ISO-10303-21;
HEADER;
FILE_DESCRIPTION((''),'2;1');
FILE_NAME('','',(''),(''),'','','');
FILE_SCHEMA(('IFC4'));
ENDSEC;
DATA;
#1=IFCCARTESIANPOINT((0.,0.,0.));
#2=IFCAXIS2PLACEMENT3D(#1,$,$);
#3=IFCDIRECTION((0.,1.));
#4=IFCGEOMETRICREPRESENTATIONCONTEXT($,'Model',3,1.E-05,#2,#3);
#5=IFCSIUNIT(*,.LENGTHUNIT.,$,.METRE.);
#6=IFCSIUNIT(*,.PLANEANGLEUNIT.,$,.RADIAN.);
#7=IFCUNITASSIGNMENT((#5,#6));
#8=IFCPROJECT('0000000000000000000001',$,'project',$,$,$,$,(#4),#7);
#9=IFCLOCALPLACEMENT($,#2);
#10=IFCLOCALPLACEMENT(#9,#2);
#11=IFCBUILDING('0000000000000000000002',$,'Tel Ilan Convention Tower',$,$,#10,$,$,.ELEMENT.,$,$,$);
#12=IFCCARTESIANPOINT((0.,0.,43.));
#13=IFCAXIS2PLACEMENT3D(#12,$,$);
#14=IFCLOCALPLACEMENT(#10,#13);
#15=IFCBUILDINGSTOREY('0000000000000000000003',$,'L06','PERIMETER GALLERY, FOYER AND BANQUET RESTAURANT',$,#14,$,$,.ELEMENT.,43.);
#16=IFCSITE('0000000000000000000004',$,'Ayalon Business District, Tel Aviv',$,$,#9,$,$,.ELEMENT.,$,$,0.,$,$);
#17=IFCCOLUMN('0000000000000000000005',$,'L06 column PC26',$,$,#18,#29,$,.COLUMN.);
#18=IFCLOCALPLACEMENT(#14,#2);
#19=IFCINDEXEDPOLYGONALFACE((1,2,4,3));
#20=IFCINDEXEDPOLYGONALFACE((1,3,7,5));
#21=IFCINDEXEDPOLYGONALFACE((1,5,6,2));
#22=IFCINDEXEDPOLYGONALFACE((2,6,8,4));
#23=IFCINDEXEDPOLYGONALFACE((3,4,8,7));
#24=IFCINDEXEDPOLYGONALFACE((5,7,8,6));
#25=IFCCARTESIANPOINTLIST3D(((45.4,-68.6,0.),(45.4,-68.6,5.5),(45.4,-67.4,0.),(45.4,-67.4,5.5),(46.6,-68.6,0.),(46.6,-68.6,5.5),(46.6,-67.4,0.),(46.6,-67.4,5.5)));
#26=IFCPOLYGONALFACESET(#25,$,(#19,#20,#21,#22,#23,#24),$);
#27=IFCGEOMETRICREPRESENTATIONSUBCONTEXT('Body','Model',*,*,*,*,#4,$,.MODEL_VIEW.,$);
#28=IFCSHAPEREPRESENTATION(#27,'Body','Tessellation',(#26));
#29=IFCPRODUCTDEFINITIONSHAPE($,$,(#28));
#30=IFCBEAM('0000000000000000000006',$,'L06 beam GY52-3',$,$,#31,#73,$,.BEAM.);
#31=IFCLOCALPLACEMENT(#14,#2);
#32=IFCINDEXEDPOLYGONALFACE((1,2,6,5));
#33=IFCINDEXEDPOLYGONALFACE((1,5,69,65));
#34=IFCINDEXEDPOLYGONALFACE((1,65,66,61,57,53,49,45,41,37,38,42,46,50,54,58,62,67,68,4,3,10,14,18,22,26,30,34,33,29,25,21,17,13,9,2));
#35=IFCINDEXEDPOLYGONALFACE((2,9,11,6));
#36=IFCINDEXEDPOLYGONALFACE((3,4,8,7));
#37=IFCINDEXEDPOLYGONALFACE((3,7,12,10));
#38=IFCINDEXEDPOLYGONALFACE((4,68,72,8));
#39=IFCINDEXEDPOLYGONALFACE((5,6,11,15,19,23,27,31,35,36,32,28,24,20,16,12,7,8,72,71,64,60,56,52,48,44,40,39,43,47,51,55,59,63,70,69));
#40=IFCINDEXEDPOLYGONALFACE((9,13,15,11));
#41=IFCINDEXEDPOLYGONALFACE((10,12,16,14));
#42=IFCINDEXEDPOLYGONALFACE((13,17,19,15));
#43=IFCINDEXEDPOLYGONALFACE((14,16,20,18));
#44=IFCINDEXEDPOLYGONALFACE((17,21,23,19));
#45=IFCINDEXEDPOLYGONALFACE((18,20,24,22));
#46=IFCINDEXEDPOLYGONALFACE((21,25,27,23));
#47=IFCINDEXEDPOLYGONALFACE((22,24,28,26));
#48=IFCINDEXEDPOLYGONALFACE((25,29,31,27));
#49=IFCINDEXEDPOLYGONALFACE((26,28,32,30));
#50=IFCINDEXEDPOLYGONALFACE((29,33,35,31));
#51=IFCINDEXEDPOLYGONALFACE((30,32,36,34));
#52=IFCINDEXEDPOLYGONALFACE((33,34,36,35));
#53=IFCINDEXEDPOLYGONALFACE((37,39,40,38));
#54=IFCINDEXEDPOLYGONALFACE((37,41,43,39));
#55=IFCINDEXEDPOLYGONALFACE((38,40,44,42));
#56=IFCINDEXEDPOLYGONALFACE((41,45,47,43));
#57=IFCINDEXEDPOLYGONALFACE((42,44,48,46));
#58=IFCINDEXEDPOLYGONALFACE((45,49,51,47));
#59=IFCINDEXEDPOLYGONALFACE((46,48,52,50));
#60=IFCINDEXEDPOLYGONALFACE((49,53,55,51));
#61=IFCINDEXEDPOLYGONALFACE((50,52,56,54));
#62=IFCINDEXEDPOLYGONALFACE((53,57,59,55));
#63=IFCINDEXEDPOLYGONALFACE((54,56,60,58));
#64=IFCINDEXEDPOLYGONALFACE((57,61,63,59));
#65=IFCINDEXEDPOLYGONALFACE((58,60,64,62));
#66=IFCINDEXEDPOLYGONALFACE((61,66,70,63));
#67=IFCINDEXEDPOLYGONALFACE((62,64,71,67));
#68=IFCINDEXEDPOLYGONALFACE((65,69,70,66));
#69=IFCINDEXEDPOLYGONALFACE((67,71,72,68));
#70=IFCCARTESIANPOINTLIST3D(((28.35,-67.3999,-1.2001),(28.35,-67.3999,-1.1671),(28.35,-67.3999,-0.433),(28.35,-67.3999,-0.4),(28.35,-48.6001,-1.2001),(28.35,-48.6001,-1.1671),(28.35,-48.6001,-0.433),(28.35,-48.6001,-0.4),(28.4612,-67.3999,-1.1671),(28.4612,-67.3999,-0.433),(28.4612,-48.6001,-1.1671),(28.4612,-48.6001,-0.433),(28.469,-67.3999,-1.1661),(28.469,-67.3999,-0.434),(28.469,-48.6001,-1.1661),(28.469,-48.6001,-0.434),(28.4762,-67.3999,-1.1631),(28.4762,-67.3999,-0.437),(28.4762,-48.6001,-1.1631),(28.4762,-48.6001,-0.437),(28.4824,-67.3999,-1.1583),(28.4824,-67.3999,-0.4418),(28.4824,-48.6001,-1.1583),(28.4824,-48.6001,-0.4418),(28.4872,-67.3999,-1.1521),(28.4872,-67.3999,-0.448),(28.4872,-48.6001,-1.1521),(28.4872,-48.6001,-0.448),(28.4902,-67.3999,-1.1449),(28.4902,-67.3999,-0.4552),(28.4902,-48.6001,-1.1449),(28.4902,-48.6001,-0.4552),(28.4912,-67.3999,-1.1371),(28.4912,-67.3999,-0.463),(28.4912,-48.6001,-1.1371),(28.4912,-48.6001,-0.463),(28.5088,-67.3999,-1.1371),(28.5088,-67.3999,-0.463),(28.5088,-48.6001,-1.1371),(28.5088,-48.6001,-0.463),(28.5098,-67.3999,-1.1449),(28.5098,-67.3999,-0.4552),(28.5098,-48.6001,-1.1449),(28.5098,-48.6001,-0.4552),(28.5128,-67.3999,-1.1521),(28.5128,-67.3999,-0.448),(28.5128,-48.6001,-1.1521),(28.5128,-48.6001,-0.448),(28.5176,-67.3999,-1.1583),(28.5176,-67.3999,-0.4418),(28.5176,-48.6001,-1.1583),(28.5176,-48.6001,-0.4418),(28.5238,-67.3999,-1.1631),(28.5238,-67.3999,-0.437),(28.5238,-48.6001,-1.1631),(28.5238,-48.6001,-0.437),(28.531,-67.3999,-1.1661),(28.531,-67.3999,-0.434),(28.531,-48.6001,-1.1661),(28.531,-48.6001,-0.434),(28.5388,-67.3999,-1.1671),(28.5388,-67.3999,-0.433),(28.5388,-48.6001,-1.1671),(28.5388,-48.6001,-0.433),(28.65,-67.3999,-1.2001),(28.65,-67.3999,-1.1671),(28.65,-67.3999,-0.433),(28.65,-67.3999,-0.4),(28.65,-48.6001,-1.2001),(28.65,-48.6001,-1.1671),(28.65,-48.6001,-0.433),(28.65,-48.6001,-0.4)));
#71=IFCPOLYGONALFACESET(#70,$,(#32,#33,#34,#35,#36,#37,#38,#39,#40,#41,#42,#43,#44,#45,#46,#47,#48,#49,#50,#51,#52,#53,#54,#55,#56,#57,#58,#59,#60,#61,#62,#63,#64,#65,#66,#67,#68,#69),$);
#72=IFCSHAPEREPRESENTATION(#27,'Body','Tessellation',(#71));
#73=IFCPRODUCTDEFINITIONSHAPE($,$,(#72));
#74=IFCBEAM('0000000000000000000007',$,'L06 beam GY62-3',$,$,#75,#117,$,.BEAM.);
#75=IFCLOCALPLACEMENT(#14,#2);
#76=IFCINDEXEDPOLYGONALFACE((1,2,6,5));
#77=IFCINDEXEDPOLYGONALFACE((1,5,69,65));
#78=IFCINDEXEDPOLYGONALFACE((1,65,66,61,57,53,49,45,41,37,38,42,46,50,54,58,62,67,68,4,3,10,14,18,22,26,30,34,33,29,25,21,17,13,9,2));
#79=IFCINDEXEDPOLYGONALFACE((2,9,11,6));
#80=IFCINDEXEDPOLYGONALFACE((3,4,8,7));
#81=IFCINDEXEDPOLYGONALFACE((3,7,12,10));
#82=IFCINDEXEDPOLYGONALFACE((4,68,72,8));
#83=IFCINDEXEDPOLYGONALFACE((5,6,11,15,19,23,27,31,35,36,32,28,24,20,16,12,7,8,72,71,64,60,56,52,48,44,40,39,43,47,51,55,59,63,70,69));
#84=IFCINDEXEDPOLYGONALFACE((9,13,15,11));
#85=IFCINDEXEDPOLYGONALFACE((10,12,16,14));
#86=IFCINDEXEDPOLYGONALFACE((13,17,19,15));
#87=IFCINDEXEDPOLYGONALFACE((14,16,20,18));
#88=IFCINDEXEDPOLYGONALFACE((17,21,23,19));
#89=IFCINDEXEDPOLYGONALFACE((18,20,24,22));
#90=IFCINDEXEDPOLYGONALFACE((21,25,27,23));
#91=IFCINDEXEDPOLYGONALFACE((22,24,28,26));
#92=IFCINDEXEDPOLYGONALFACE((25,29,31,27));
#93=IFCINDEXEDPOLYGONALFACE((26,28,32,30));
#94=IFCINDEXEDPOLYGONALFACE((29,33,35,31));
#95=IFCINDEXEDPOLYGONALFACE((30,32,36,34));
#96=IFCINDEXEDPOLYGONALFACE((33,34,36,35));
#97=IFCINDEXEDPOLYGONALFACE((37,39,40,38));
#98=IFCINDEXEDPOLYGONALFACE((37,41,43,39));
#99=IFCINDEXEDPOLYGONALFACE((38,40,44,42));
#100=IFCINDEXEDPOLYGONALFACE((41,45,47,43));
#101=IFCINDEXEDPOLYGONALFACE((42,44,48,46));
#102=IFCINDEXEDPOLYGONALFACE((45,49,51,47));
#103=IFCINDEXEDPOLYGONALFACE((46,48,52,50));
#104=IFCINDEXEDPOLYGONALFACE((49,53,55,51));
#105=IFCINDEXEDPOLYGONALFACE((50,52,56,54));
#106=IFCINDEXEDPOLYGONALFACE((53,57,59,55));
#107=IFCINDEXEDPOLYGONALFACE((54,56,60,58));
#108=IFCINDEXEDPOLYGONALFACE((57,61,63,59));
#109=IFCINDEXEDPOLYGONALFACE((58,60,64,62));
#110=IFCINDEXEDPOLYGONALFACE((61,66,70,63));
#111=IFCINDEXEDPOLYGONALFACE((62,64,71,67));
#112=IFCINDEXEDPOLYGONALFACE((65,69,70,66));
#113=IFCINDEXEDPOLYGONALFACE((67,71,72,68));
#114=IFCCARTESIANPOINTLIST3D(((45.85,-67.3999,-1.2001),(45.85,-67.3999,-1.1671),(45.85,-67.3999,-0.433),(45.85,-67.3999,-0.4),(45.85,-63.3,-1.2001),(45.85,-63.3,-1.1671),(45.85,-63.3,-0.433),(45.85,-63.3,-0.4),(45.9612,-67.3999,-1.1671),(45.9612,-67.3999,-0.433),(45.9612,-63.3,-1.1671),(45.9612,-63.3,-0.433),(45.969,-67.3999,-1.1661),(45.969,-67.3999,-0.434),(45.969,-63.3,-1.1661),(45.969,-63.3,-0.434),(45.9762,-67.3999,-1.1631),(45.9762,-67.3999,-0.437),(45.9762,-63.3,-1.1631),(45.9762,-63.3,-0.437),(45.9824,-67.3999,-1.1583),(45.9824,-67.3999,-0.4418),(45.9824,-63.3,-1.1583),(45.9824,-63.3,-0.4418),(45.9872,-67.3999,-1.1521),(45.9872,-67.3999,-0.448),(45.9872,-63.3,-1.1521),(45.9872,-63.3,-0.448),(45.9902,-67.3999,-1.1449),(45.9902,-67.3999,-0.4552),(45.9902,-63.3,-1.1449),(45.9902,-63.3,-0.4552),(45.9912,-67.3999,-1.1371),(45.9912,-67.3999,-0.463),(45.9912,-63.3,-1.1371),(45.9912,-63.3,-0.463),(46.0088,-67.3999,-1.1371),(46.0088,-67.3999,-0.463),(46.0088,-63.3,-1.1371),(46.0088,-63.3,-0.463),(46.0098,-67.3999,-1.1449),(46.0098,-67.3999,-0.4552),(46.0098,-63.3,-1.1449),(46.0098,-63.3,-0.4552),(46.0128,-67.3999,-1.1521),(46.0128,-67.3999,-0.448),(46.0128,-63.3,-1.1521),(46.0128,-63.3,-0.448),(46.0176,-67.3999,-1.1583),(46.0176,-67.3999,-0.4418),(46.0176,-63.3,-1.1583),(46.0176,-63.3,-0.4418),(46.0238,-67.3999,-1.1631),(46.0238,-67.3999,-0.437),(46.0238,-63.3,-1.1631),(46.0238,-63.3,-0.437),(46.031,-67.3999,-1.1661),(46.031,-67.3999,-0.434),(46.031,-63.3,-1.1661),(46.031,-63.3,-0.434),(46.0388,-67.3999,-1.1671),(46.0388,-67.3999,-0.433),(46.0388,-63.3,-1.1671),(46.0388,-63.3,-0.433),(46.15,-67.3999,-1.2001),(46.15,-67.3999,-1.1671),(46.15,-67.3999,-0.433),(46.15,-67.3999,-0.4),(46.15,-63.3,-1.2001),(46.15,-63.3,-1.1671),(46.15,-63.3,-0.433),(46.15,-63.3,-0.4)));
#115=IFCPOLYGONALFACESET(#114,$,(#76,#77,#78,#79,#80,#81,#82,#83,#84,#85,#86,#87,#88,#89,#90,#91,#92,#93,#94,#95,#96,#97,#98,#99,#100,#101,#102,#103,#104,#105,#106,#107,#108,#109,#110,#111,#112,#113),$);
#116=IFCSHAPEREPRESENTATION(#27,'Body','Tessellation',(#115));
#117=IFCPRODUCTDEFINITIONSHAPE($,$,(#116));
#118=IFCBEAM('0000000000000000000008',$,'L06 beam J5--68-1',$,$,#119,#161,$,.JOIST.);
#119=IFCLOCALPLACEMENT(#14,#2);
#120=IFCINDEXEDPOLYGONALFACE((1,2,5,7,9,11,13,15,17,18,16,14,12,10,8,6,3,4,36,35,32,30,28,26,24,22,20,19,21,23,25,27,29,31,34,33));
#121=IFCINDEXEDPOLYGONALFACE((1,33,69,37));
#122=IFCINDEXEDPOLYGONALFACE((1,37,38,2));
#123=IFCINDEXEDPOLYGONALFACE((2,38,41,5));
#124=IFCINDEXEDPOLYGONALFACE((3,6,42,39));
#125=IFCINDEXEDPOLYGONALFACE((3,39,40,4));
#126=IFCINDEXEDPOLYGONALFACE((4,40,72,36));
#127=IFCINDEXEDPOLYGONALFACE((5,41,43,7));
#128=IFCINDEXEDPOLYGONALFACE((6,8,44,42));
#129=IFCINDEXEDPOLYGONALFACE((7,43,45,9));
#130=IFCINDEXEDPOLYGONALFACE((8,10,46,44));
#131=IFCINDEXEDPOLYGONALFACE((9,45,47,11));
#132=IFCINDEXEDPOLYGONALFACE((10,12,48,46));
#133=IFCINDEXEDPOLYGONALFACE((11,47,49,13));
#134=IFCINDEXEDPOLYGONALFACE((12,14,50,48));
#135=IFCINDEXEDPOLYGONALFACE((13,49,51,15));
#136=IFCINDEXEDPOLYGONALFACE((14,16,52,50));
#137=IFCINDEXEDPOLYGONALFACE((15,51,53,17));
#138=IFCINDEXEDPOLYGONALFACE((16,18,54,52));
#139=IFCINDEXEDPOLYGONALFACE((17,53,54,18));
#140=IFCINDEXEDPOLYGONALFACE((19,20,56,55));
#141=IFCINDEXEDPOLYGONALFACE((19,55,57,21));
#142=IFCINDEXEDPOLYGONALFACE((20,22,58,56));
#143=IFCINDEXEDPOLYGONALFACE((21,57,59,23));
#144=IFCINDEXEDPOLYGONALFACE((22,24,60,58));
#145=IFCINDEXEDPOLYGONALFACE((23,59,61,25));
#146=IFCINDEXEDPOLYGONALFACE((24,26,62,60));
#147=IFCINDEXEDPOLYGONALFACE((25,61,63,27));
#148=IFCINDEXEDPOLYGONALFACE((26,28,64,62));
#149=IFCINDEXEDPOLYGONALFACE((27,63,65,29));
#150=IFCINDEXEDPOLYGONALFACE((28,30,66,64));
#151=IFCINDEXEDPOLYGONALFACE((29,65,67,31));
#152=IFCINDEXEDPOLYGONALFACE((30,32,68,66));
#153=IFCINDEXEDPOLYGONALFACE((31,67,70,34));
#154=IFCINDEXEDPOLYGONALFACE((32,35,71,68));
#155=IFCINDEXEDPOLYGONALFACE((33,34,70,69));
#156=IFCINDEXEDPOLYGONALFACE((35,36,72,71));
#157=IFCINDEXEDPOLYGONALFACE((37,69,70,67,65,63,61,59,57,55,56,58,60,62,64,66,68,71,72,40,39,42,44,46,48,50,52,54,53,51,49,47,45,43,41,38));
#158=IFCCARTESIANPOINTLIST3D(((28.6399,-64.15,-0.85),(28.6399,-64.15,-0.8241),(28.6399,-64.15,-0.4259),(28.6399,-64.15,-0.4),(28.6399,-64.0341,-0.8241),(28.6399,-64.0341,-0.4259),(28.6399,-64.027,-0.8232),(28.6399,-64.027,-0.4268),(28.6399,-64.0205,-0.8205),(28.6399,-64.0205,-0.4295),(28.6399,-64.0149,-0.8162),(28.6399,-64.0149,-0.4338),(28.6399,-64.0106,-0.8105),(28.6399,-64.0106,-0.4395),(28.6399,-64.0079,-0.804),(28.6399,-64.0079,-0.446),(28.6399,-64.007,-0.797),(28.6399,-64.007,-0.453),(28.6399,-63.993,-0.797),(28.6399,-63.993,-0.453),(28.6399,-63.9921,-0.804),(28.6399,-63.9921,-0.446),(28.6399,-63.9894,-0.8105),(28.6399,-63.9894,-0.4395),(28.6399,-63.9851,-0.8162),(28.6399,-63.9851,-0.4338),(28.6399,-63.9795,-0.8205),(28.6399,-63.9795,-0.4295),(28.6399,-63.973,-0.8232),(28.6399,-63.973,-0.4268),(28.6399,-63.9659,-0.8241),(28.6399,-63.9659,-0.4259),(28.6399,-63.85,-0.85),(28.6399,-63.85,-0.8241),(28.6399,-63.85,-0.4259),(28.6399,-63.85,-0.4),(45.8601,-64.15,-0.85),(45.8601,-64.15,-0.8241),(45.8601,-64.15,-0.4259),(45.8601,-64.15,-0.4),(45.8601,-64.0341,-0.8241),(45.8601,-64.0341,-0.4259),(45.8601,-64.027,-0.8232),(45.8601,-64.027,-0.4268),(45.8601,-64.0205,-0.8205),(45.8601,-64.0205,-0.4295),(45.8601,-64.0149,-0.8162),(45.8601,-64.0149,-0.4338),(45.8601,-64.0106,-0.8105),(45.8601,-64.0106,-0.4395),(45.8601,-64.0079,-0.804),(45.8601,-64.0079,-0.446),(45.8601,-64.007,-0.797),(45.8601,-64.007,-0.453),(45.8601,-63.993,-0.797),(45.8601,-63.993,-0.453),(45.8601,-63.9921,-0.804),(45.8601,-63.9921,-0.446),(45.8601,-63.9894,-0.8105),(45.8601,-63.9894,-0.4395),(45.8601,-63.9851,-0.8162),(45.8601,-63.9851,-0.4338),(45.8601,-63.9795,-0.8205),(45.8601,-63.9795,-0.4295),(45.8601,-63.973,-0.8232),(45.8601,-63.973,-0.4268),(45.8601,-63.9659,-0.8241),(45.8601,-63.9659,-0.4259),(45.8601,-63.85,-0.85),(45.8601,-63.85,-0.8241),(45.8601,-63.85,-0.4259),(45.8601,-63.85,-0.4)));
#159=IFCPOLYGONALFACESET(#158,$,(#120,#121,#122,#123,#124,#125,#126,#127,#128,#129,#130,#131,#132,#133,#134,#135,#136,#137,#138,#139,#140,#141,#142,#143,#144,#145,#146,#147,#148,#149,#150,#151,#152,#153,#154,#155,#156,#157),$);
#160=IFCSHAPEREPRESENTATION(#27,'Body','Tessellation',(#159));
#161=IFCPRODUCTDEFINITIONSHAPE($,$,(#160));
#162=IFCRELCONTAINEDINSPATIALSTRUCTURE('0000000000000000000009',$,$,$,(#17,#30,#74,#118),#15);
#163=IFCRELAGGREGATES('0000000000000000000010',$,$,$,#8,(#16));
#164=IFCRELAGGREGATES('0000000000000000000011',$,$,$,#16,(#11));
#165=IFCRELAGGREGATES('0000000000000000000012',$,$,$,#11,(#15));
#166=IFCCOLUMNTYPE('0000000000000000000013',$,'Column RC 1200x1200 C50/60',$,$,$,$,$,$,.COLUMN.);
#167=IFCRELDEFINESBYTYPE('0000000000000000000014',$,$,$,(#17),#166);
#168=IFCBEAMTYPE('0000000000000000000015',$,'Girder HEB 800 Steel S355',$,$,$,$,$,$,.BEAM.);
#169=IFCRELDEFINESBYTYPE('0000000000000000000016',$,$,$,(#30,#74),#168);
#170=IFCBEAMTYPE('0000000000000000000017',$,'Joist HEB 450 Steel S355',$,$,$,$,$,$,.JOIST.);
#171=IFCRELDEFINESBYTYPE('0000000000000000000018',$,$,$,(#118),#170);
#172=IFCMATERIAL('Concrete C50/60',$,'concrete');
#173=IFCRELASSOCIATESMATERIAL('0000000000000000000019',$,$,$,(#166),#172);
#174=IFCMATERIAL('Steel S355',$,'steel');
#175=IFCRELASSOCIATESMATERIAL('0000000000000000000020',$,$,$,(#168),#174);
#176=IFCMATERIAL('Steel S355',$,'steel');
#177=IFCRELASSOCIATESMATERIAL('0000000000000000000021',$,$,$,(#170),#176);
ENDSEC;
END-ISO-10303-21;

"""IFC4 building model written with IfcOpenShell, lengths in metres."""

from ifc_helpers import new_model, si_unit, direction, frame, origin, origin_2d, place, context, subcontext, project, spatial, rectangle, i_section, extrude, material, material_profile, profile_set, type_object, element, save


model = new_model("IFC4")

# Units and contexts
model_context = context("Model", 3, precision=1e-05, world=origin(), true_north=direction((0.0, 1.0)))
body_context = subcontext(model_context, "Body", "Model", "MODEL_VIEW")
ifc_project = project(units=[si_unit("LENGTHUNIT", "METRE"), si_unit("PLANEANGLEUNIT", "RADIAN")], contexts=[model_context])

# Site, building, storey
site_placement = place(None, origin())
site = spatial("IfcSite", under=ifc_project, at=site_placement, Name="Ayalon Business District, Tel Aviv", CompositionType="ELEMENT", RefElevation=0.0)
building_placement = place(site_placement, origin())
building = spatial("IfcBuilding", under=site, at=building_placement, Name="Tel Ilan Convention Tower", CompositionType="ELEMENT")
storey_placement = place(building_placement, frame((0.0, 0.0, 43.0)))
storey = spatial("IfcBuildingStorey", under=building, at=storey_placement, Name="L06", Description="PERIMETER GALLERY, FOYER AND BANQUET RESTAURANT", CompositionType="ELEMENT", Elevation=43.0)

# Column
ifc_material_1 = material(Name="Concrete C50/60", Category="concrete")
ifc_material_profile_1 = material_profile(ifc_material_1, rectangle(XDim=1.2, YDim=1.2, at=origin_2d()), Name="RC 1200x1200")
ifc_profile_set_1 = profile_set([ifc_material_profile_1], Name="Concrete C50/60")
column_type = type_object("IfcColumnType", Name="Column RC 1200x1200 C50/60", PredefinedType="COLUMN", material=ifc_profile_set_1)
column_placement = place(storey_placement, frame((46.0, -68.0, 0.0), z_axis=(0.0, 0.0, 1.0), x_axis=(1.0, 0.0, 0.0)))
element("IfcColumn", 1, at=column_placement, inside=storey, type_object=column_type, Name="L06 column PC26", PredefinedType="COLUMN", context=body_context, shape_type="SweptSolid", body=[
    extrude(rectangle(XDim=1.2, YDim=1.2, at=origin_2d()), origin(), (0.0, 0.0, 1.0), 5.5),
])

# Beams
ifc_material_2 = material(Name="Steel S355", Category="steel")
ifc_material_profile_2 = material_profile(ifc_material_2, i_section(OverallWidth=0.3, OverallDepth=0.8, WebThickness=0.0176, FlangeThickness=0.033, FilletRadius=0.03, at=origin_2d()), Name="HEB 800")
ifc_profile_set_2 = profile_set([ifc_material_profile_2], Name="Steel S355")
beam_type_1 = type_object("IfcBeamType", Name="Girder HEB 800 Steel S355", PredefinedType="BEAM", material=ifc_profile_set_2)
beam_1_placement = place(storey_placement, frame((28.5, -67.3999, -0.8), z_axis=(0.0, 1.0, 0.0), x_axis=(-1.0, 0.0, 0.0)))
element("IfcBeam", 2, at=beam_1_placement, inside=storey, type_object=beam_type_1, Name="L06 beam GY52-3", PredefinedType="BEAM", context=body_context, shape_type="SweptSolid", body=[
    extrude(i_section(OverallWidth=0.3, OverallDepth=0.8, WebThickness=0.0176, FlangeThickness=0.033, FilletRadius=0.03, at=origin_2d()), origin(), (0.0, 0.0, 1.0), 18.7998),
])
beam_2_placement = place(storey_placement, frame((46.0, -67.3999, -0.8), z_axis=(0.0, 1.0, 0.0), x_axis=(-1.0, 0.0, 0.0)))
element("IfcBeam", 3, at=beam_2_placement, inside=storey, type_object=beam_type_1, Name="L06 beam GY62-3", PredefinedType="BEAM", context=body_context, shape_type="SweptSolid", body=[
    extrude(i_section(OverallWidth=0.3, OverallDepth=0.8, WebThickness=0.0176, FlangeThickness=0.033, FilletRadius=0.03, at=origin_2d()), origin(), (0.0, 0.0, 1.0), 4.0999),
])
ifc_material_3 = material(Name="Steel S355", Category="steel")
ifc_material_profile_3 = material_profile(ifc_material_3, i_section(OverallWidth=0.3, OverallDepth=0.45, WebThickness=0.0139, FlangeThickness=0.0259, FilletRadius=0.0271, at=origin_2d()), Name="HEB 450")
ifc_profile_set_3 = profile_set([ifc_material_profile_3], Name="Steel S355")
beam_type_2 = type_object("IfcBeamType", Name="Joist HEB 450 Steel S355", PredefinedType="JOIST", material=ifc_profile_set_3)
beam_3_placement = place(storey_placement, frame((28.6399, -64.0, -0.625), z_axis=(1.0, 0.0, 0.0), x_axis=(0.0, 1.0, 0.0)))
element("IfcBeam", 4, at=beam_3_placement, inside=storey, type_object=beam_type_2, Name="L06 beam J5--68-1", PredefinedType="JOIST", context=body_context, shape_type="SweptSolid", body=[
    extrude(i_section(OverallWidth=0.3, OverallDepth=0.45, WebThickness=0.0139, FlangeThickness=0.0259, FilletRadius=0.0271, at=origin_2d()), origin(), (0.0, 0.0, 1.0), 17.2202),
])

save(model, "model.ifc")
